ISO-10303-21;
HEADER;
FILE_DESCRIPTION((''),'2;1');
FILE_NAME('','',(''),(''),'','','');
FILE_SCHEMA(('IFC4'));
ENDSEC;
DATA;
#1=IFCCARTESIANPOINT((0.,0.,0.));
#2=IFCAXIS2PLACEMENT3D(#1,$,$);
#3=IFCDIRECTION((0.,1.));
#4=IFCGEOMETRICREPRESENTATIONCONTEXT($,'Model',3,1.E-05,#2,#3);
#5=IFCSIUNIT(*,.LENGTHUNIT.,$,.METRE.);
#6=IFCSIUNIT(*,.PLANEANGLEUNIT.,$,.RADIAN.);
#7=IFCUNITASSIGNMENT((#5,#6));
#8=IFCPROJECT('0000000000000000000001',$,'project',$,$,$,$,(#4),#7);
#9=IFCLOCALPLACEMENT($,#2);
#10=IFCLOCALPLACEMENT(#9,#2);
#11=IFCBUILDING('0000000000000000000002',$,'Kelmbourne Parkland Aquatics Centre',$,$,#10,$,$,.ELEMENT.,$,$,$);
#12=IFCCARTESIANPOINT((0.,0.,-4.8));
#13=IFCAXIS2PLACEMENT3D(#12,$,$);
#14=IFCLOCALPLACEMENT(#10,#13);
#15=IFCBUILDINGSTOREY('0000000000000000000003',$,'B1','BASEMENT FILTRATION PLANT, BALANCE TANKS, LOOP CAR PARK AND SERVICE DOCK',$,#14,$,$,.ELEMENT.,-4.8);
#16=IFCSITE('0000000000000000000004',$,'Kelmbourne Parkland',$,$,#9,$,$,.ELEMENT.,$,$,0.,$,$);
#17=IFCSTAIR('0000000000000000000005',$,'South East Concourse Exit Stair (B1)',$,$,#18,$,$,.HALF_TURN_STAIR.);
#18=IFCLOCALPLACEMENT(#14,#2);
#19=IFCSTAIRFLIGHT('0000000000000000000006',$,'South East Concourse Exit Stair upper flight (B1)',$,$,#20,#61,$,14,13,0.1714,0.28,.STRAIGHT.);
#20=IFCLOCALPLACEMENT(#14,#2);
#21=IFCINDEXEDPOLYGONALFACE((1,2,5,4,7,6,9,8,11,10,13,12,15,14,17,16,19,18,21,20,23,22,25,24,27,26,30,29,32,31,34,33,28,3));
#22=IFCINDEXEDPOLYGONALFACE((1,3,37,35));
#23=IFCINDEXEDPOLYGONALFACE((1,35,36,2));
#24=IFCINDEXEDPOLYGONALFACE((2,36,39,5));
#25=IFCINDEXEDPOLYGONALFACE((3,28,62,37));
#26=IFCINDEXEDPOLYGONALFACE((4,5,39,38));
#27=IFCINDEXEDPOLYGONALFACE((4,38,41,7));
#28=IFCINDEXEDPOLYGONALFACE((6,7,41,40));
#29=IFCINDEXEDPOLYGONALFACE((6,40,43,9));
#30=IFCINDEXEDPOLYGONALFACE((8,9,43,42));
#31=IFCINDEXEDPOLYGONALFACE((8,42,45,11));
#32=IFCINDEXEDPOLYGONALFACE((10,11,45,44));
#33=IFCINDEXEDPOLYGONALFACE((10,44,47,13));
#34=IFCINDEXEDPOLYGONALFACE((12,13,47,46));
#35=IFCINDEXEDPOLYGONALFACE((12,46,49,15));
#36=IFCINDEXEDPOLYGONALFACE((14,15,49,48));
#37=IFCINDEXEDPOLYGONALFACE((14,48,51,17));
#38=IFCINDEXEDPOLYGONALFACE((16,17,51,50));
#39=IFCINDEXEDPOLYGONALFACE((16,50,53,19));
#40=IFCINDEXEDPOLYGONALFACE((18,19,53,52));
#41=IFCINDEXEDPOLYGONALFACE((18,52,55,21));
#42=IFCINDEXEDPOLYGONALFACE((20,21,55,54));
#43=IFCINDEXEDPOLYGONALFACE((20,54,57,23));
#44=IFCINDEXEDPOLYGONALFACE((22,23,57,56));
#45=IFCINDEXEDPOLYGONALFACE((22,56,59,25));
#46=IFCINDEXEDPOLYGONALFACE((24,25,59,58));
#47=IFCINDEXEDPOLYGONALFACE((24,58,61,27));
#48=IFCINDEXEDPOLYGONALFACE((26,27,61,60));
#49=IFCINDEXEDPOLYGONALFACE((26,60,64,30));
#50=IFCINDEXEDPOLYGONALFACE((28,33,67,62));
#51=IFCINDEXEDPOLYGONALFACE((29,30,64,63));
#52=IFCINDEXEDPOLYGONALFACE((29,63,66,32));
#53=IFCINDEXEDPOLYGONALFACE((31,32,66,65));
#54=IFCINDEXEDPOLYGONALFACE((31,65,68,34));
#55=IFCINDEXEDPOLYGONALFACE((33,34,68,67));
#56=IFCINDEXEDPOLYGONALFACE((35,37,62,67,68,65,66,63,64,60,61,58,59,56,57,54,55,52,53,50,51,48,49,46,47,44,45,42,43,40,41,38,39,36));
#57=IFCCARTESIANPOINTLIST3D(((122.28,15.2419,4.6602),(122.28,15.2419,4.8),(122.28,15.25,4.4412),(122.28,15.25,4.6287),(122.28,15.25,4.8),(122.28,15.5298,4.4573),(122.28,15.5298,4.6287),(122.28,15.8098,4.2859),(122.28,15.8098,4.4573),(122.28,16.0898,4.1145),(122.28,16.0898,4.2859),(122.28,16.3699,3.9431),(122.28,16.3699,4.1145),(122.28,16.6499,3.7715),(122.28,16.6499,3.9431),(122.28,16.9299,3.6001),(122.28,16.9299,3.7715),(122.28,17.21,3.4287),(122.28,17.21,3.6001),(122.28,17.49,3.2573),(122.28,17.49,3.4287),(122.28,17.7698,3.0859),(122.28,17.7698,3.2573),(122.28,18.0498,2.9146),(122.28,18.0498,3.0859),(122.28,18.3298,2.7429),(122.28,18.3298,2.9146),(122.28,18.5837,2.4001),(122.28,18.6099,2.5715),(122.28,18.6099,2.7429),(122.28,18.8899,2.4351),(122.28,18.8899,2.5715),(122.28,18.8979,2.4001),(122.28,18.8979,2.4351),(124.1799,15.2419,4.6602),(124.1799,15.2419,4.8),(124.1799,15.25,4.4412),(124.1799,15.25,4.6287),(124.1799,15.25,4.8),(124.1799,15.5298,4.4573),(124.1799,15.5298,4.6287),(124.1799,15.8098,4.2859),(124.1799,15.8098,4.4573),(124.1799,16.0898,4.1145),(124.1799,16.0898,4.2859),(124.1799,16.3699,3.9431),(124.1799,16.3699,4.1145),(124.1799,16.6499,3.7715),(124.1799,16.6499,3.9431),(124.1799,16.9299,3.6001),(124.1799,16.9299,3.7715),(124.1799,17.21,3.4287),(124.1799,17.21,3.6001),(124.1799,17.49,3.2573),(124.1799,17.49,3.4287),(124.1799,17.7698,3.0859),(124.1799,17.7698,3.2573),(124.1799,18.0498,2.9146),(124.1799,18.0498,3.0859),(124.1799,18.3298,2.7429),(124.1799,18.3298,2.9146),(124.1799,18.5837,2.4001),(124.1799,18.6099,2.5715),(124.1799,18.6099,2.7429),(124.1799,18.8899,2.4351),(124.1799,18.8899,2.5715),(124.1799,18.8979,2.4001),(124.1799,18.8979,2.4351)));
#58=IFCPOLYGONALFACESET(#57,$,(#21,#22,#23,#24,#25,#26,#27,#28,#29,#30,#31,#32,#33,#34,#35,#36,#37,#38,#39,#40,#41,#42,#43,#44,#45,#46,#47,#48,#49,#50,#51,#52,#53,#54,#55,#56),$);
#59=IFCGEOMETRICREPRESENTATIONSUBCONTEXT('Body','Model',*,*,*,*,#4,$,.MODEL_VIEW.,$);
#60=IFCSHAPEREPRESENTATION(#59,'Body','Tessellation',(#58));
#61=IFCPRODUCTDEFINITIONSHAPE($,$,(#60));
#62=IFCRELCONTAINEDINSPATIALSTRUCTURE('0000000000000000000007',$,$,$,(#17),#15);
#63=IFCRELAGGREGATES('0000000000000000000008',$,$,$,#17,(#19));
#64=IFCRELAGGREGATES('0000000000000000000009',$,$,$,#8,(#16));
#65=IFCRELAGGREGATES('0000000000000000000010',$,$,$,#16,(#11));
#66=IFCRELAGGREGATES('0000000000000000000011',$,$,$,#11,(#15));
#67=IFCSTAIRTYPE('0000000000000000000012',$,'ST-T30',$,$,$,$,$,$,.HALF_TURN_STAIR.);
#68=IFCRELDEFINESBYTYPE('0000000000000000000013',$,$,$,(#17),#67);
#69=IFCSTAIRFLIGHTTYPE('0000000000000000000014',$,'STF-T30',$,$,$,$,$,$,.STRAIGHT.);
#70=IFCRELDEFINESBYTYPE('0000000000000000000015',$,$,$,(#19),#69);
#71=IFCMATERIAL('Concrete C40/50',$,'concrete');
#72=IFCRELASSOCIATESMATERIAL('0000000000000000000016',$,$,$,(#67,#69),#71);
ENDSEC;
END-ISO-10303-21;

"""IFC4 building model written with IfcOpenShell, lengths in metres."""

from ifc_helpers import new_model, si_unit, direction, frame, origin, place, context, subcontext, project, spatial, polyline, outline, extrude, material, type_object, element, aggregate, save


model = new_model("IFC4")

# Units and contexts
model_context = context("Model", 3, precision=1e-05, world=origin(), true_north=direction((0.0, 1.0)))
body_context = subcontext(model_context, "Body", "Model", "MODEL_VIEW")
ifc_project = project(units=[si_unit("LENGTHUNIT", "METRE"), si_unit("PLANEANGLEUNIT", "RADIAN")], contexts=[model_context])

# Site, building, storey
site_placement = place(None, origin())
site = spatial("IfcSite", under=ifc_project, at=site_placement, Name="Kelmbourne Parkland", CompositionType="ELEMENT", RefElevation=0.0)
building_placement = place(site_placement, origin())
building = spatial("IfcBuilding", under=site, at=building_placement, Name="Kelmbourne Parkland Aquatics Centre", CompositionType="ELEMENT")
storey_placement = place(building_placement, frame((0.0, 0.0, -4.8)))
storey = spatial("IfcBuildingStorey", under=building, at=storey_placement, Name="B1", Description="BASEMENT FILTRATION PLANT, BALANCE TANKS, LOOP CAR PARK AND SERVICE DOCK", CompositionType="ELEMENT", Elevation=-4.8)

# Shared definitions
ifc_material_1 = material(Name="Concrete C40/50", Category="concrete")

# Stair, stair flight
stair_type = type_object("IfcStairType", Name="ST-T30", PredefinedType="HALF_TURN_STAIR", material=ifc_material_1)
stair_placement = place(storey_placement, origin())
stair = element("IfcStair", 1, at=stair_placement, inside=storey, type_object=stair_type, Name="South East Concourse Exit Stair (B1)", PredefinedType="HALF_TURN_STAIR")
stair_flight_type = type_object("IfcStairFlightType", Name="STF-T30", PredefinedType="STRAIGHT", material=ifc_material_1)
stair_flight_1_placement = place(storey_placement, frame((123.23, 18.8899, 2.4001), z_axis=(0.0, 0.0, 1.0), x_axis=(0.0, -1.0, 0.0)))
stair_flight_1 = element("IfcStairFlight", 2, at=stair_flight_1_placement, type_object=stair_flight_type, Name="South East Concourse Exit Stair upper flight (B1)", NumberOfRisers=14, NumberOfTreads=13, PredefinedType="STRAIGHT", RiserHeight=0.1714, TreadLength=0.28, context=body_context, shape_type="SweptSolid", body=[
    extrude(outline(polyline([(-0.0081, 0.0), (-0.0081, 0.0349), (0.0, 0.0349), (0.0, 0.1714), (0.28, 0.1714), (0.28, 0.3428), (0.5601, 0.3428), (0.5601, 0.5144), (0.8401, 0.5144), (0.8401, 0.6858), (1.1201, 0.6858), (1.1201, 0.8572), (1.3999, 0.8572), (1.3999, 1.0286), (1.6799, 1.0286), (1.6799, 1.2), (1.96, 1.2), (1.96, 1.3713), (2.24, 1.3713), (2.24, 1.543), (2.52, 1.543), (2.52, 1.7144), (2.8, 1.7144), (2.8, 1.8857), (3.0801, 1.8857), (3.0801, 2.0571), (3.3601, 2.0571), (3.3601, 2.2285), (3.6399, 2.2285), (3.6399, 2.3999), (3.6479, 2.3999), (3.6479, 2.26), (3.6399, 2.041), (0.3062, 0.0), (-0.0081, 0.0)])), frame((0.0, 0.95, 0.0), z_axis=(0.0, -1.0, 0.0), x_axis=(1.0, 0.0, 0.0)), (0.0, 0.0, 1.0), 1.8999),
])
aggregate(stair, [stair_flight_1])

save(model, "model.ifc")
